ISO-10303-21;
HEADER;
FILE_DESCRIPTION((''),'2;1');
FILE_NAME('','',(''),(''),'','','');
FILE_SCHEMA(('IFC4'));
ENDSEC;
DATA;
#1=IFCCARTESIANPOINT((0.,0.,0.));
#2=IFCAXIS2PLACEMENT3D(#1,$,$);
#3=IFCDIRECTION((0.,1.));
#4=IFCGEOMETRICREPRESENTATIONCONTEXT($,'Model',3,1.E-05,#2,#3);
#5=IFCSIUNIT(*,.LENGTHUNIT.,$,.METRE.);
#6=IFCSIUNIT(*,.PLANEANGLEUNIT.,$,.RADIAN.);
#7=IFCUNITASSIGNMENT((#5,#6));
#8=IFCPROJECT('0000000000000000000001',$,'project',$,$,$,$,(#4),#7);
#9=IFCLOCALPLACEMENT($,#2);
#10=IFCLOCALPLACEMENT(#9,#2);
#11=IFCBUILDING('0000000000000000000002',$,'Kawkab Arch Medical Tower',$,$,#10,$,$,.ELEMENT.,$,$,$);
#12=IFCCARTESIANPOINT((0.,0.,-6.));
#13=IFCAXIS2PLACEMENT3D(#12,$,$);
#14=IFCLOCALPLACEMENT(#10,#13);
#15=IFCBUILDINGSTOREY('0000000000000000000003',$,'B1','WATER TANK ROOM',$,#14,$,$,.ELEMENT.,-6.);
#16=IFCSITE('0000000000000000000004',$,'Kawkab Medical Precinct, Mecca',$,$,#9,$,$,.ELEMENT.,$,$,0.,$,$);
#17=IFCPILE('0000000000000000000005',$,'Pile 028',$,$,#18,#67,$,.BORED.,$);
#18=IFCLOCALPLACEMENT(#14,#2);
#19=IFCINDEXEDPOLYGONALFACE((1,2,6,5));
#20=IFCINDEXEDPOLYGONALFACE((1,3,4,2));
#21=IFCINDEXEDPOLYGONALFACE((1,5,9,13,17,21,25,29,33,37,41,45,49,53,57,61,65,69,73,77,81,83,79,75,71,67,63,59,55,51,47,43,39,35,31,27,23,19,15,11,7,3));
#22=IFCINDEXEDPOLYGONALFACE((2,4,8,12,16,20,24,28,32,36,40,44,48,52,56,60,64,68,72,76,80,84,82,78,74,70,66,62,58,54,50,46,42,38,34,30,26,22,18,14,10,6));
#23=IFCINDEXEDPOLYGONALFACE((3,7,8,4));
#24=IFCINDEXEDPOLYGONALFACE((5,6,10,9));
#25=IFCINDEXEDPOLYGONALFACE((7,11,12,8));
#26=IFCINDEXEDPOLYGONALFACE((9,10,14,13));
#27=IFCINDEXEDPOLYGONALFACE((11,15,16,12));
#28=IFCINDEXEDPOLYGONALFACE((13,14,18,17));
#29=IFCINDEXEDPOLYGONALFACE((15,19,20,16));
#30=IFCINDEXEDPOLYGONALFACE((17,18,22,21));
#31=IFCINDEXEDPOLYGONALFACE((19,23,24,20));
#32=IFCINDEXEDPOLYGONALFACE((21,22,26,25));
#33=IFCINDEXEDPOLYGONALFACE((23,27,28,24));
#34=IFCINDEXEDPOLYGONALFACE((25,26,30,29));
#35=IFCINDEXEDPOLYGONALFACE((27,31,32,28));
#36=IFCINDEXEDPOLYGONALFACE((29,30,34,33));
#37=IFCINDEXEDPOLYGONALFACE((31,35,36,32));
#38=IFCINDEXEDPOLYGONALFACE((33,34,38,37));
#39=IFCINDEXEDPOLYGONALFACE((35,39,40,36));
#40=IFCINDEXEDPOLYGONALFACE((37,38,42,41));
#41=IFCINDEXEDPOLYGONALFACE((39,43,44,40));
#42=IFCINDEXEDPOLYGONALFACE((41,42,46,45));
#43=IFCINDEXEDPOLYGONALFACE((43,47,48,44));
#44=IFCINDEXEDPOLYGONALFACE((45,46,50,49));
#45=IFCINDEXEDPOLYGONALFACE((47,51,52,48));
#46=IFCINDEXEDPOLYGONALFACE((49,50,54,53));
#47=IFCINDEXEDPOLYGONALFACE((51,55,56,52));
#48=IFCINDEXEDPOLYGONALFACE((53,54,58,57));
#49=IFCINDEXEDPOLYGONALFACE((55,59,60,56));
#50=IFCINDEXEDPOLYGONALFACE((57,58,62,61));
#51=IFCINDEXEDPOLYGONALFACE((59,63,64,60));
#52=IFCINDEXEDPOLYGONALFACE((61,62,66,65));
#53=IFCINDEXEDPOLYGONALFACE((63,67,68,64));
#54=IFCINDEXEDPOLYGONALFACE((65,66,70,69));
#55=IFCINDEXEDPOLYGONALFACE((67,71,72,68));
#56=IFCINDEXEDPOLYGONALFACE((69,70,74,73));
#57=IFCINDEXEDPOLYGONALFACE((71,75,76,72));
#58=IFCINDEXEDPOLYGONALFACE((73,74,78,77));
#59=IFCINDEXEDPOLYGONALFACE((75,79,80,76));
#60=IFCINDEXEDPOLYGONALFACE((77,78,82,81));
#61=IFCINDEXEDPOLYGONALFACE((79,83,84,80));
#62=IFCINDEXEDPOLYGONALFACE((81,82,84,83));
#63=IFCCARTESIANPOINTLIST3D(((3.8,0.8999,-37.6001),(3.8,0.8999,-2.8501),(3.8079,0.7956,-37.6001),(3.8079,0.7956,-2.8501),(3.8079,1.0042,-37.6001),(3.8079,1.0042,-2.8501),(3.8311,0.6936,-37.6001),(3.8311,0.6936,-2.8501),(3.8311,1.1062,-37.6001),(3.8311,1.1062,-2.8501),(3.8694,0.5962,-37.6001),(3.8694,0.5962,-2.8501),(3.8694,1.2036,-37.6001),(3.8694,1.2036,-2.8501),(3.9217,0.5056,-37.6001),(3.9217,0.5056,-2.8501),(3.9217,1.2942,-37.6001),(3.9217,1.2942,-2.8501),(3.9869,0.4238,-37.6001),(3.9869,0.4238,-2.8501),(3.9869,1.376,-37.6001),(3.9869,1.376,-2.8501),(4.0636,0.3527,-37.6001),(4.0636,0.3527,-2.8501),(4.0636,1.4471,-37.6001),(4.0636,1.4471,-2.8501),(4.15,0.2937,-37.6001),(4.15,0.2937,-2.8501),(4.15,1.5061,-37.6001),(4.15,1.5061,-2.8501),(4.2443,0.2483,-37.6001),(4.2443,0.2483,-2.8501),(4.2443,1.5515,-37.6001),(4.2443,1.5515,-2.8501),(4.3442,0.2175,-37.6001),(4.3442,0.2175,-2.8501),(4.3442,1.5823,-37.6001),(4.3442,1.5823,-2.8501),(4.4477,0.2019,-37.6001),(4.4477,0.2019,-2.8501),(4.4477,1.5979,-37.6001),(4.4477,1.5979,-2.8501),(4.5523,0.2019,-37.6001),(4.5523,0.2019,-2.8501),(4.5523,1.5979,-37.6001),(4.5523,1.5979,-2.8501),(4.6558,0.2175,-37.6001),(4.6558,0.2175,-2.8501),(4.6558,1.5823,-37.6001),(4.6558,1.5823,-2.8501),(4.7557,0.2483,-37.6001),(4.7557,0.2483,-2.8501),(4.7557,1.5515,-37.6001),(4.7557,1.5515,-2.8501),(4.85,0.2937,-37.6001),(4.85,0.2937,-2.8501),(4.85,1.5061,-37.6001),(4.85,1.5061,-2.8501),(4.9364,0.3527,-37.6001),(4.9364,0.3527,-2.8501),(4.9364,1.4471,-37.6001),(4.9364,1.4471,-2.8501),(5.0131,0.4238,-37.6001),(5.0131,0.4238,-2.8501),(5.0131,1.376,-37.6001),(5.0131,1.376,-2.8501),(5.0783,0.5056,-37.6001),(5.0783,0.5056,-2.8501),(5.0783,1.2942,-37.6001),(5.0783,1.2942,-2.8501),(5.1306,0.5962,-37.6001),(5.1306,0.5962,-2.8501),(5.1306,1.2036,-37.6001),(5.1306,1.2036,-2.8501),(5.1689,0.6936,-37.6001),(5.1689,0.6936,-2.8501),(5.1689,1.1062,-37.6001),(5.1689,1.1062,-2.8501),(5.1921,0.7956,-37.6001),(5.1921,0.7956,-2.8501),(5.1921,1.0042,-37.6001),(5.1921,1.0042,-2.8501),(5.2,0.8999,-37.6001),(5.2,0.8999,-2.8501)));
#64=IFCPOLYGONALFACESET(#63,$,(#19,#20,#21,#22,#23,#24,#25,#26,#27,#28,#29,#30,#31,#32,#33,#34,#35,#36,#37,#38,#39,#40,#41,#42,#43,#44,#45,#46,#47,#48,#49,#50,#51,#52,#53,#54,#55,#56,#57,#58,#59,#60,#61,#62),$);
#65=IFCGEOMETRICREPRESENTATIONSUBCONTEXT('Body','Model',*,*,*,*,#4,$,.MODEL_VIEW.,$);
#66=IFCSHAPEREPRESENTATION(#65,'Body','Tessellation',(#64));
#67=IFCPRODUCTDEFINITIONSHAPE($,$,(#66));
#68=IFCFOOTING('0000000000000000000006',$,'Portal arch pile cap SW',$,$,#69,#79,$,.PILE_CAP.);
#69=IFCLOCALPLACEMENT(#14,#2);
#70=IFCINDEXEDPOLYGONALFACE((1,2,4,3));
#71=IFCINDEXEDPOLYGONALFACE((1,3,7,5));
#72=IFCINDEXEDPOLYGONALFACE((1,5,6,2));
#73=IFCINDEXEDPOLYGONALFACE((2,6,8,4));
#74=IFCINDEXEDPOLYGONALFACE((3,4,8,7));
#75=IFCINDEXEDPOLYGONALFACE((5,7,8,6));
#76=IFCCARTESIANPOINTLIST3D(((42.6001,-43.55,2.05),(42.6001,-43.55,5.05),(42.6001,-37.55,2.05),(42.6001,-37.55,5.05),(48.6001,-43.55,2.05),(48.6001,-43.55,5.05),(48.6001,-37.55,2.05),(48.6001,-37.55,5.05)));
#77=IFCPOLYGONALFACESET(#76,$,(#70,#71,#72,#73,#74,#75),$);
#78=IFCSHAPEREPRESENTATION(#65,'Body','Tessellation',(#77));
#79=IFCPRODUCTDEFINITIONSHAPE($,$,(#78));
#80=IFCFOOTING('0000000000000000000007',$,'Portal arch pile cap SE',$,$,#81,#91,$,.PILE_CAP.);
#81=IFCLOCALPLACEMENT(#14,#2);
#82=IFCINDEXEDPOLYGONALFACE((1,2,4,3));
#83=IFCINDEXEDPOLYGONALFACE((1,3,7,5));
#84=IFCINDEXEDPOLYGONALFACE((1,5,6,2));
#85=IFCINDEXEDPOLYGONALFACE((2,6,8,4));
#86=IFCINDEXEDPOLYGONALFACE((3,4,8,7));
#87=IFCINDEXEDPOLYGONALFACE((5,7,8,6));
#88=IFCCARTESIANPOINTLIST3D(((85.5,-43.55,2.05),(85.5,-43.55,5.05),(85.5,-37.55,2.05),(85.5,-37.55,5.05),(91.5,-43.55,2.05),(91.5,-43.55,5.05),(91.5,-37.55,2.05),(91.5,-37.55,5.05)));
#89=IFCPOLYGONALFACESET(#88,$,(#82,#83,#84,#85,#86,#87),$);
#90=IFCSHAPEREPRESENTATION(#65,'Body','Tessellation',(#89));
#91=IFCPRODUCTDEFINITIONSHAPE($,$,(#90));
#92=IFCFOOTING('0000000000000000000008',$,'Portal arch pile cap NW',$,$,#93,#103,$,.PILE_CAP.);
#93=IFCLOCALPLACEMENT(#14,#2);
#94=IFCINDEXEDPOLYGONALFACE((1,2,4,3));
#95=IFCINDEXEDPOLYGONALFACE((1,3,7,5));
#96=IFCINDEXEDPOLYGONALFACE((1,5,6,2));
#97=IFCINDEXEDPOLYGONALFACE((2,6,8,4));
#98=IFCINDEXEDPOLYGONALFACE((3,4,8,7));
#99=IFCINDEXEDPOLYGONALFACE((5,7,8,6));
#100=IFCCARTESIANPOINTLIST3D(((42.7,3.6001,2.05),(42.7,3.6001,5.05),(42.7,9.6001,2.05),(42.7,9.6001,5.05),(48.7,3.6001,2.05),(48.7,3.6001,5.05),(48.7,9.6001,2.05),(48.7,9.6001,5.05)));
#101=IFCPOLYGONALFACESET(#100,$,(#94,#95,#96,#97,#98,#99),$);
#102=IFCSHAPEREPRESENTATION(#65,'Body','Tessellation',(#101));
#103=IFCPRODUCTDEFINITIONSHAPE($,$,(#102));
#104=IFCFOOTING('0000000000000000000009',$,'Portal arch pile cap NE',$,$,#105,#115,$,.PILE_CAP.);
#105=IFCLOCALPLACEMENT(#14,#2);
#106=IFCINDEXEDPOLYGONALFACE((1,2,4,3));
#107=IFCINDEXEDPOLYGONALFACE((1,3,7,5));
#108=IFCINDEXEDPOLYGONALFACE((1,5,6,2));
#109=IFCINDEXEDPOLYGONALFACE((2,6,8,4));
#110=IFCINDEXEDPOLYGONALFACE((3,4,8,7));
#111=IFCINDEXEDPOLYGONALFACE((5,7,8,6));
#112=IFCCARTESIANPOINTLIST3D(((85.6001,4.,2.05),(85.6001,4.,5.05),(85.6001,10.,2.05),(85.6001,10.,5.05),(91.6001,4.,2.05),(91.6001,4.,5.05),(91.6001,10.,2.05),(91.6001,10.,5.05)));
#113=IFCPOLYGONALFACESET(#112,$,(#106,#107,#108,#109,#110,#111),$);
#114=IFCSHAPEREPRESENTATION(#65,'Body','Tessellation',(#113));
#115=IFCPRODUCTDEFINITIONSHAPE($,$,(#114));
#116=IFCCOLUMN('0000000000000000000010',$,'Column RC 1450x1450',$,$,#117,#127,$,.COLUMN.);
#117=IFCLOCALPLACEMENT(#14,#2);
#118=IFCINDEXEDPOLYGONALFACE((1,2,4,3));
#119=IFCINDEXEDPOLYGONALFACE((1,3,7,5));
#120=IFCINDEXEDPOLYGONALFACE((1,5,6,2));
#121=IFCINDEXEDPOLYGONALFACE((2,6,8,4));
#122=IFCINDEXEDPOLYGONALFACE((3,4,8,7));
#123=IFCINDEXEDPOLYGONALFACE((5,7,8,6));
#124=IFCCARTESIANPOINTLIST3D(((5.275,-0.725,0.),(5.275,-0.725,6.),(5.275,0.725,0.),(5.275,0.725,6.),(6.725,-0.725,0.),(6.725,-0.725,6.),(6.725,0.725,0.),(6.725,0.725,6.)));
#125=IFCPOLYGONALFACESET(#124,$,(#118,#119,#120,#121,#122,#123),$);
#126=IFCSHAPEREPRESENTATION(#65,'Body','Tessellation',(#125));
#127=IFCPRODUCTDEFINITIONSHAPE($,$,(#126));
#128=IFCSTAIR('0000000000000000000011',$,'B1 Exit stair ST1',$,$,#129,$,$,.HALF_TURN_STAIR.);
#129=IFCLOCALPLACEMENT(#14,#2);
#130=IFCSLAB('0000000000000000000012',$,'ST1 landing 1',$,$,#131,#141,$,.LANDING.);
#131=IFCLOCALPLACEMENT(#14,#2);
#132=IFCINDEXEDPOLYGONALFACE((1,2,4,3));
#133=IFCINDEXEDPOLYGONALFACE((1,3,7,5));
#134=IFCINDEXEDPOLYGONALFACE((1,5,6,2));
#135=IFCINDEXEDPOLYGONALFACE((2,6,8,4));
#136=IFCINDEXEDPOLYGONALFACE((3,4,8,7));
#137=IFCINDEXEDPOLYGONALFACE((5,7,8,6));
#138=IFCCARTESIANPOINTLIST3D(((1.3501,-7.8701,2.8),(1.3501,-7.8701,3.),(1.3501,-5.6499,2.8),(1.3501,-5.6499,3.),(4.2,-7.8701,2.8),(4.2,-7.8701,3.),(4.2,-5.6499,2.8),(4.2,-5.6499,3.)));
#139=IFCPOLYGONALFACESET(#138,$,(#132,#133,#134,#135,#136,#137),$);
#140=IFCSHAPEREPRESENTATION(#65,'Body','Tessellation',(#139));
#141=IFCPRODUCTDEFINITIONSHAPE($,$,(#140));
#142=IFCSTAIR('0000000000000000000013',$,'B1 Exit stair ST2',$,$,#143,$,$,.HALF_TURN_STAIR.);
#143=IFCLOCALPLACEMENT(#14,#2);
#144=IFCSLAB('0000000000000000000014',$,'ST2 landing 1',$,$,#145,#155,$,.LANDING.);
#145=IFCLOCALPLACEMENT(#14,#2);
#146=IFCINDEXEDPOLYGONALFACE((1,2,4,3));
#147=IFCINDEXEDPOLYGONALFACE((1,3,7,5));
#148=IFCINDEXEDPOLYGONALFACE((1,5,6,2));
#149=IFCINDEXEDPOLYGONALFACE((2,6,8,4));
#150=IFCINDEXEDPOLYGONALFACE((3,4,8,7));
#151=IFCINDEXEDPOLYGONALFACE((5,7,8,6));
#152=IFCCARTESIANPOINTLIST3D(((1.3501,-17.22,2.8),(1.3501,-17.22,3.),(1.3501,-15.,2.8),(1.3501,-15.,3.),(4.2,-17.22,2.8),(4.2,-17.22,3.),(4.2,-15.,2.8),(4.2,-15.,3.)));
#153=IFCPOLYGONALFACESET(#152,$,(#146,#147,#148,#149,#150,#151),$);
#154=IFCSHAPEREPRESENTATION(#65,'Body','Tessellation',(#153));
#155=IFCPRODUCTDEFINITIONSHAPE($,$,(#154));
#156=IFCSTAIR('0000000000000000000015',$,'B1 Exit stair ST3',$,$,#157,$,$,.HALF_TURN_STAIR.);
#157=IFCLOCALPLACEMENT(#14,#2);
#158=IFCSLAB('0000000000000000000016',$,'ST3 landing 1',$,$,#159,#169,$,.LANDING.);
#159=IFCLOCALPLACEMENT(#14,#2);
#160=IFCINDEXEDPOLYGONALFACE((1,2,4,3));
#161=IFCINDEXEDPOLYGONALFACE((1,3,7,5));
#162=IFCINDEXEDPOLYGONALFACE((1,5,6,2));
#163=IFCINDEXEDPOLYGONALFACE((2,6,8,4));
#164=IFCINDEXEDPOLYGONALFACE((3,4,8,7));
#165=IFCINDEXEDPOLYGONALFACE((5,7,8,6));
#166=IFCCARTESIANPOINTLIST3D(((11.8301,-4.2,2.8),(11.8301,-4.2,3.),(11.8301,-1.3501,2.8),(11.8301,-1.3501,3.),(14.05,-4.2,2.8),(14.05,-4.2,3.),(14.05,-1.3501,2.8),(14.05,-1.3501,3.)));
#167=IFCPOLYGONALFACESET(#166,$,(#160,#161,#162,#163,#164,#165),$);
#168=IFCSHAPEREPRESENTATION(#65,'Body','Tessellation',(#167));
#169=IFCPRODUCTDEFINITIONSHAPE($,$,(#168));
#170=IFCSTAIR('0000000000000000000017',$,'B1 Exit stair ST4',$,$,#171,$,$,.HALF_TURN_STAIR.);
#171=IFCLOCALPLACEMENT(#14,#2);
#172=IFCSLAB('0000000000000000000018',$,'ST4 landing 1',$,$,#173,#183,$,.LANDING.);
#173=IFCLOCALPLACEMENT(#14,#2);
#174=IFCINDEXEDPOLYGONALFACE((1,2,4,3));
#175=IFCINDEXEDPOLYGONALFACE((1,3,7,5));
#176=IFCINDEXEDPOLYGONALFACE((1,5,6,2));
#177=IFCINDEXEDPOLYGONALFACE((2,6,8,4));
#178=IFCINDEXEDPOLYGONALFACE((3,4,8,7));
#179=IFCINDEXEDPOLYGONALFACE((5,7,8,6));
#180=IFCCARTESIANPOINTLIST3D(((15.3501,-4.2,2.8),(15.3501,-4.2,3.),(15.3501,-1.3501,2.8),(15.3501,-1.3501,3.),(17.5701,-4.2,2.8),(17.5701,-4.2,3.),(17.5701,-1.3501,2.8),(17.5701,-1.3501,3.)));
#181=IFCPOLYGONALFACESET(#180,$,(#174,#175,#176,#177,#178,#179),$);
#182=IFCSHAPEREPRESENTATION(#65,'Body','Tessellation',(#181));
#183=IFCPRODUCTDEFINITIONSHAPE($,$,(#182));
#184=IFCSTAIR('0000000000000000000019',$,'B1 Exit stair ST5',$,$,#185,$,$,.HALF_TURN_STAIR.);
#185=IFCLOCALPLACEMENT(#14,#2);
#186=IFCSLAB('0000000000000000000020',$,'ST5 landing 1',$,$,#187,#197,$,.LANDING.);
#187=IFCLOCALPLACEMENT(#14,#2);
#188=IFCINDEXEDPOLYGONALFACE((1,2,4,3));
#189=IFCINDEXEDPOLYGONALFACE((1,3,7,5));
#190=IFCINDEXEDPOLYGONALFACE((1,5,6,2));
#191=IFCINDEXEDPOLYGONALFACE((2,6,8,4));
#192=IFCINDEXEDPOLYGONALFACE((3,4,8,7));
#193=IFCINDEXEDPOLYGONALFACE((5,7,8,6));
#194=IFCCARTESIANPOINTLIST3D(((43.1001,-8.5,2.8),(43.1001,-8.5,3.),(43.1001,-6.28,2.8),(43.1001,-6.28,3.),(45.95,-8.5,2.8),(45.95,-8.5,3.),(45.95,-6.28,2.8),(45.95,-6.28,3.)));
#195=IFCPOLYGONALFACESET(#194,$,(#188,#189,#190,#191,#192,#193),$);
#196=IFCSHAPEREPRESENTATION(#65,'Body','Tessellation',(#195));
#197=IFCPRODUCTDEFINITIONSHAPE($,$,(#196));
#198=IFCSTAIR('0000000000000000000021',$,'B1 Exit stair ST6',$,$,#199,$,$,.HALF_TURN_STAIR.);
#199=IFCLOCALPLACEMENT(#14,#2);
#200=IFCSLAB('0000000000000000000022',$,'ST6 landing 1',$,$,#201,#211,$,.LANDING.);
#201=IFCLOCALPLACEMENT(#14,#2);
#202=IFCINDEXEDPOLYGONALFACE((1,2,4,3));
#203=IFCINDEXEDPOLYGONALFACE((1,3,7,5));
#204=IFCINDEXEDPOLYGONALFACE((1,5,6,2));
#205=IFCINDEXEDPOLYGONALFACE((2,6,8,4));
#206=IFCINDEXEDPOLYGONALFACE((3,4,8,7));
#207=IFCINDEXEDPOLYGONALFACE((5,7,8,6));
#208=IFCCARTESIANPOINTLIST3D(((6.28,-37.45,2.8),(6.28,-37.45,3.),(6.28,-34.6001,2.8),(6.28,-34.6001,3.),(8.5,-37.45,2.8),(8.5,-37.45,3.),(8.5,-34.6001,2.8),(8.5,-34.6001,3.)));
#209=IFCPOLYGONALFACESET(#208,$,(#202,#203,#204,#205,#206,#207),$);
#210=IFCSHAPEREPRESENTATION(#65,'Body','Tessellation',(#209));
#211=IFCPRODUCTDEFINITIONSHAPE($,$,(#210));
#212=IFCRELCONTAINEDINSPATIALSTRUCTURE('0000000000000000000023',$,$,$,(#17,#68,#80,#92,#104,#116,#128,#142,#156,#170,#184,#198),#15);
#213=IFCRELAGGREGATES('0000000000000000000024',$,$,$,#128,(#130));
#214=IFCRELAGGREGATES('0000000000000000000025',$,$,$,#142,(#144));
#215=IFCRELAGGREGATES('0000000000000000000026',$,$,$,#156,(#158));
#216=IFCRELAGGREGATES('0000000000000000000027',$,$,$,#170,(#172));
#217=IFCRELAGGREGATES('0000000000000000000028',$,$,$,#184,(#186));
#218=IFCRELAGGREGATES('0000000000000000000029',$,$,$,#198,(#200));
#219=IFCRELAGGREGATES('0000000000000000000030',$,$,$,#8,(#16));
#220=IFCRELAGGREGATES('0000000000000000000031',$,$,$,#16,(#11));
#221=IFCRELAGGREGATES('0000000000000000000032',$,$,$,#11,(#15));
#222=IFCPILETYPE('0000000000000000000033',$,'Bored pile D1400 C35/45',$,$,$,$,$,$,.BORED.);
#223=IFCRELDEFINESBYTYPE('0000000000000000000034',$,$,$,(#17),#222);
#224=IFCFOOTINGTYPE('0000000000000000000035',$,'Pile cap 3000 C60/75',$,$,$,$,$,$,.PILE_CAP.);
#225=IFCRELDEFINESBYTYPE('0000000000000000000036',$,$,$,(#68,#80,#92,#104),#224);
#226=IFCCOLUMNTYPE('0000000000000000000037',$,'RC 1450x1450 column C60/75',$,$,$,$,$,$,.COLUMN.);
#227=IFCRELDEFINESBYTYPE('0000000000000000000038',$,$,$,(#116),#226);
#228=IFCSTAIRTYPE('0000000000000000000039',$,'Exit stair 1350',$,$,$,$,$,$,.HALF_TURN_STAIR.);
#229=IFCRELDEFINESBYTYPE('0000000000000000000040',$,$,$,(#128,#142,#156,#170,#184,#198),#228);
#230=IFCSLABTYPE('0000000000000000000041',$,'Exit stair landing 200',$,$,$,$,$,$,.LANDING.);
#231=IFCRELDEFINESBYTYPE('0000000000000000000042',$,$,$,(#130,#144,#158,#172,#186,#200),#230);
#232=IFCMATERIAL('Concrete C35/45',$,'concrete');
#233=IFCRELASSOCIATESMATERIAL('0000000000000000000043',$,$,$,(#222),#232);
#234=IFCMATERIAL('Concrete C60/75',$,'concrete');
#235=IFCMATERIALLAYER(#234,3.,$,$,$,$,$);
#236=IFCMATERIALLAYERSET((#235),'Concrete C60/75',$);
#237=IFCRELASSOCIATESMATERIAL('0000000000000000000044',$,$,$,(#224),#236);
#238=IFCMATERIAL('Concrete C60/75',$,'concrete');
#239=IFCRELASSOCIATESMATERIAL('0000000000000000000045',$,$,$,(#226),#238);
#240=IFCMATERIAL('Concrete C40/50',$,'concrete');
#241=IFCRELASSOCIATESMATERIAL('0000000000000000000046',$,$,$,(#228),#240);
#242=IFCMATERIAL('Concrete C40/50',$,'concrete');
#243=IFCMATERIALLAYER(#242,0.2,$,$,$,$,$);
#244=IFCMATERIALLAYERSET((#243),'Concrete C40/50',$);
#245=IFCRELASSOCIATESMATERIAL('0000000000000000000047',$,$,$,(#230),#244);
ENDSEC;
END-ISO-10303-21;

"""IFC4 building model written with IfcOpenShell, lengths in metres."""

from ifc_helpers import new_model, si_unit, direction, frame, origin, origin_2d, place, context, subcontext, project, spatial, polyline, rectangle, circle, outline, extrude, material, layer, layer_set, material_profile, profile_set, type_object, element, aggregate, save


model = new_model("IFC4")

# Units and contexts
model_context = context("Model", 3, precision=1e-05, world=origin(), true_north=direction((0.0, 1.0)))
body_context = subcontext(model_context, "Body", "Model", "MODEL_VIEW")
ifc_project = project(units=[si_unit("LENGTHUNIT", "METRE"), si_unit("PLANEANGLEUNIT", "RADIAN")], contexts=[model_context])

# Site, building, storey
site_placement = place(None, origin())
site = spatial("IfcSite", under=ifc_project, at=site_placement, Name="Kawkab Medical Precinct, Mecca", CompositionType="ELEMENT", RefElevation=0.0)
building_placement = place(site_placement, origin())
building = spatial("IfcBuilding", under=site, at=building_placement, Name="Kawkab Arch Medical Tower", CompositionType="ELEMENT")
storey_placement = place(building_placement, frame((0.0, 0.0, -6.0)))
storey = spatial("IfcBuildingStorey", under=building, at=storey_placement, Name="B1", Description="WATER TANK ROOM", CompositionType="ELEMENT", Elevation=-6.0)

# Pile
ifc_material_1 = material(Name="Concrete C35/45", Category="concrete")
ifc_material_profile_1 = material_profile(ifc_material_1, circle(Radius=0.7, at=origin_2d()), Name="Bored pile D1400")
ifc_profile_set_1 = profile_set([ifc_material_profile_1], Name="Concrete C35/45")
pile_type = type_object("IfcPileType", Name="Bored pile D1400 C35/45", PredefinedType="BORED", material=ifc_profile_set_1)
pile_placement = place(storey_placement, frame((4.5, 0.8999, -2.8501), z_axis=(0.0, 0.0, -1.0), x_axis=(1.0, 0.0, 0.0)))
element("IfcPile", 1, at=pile_placement, inside=storey, type_object=pile_type, Name="Pile 028", PredefinedType="BORED", context=body_context, shape_type="SweptSolid", body=[
    extrude(circle(Radius=0.7, at=origin_2d()), origin(), (0.0, 0.0, 1.0), 34.75),
])

# Footings
ifc_material_2 = material(Name="Concrete C60/75", Category="concrete")
ifc_layer_1 = layer(ifc_material_2, 3.0)
ifc_layer_set_1 = layer_set([ifc_layer_1], Name="Concrete C60/75")
footing_type = type_object("IfcFootingType", Name="Pile cap 3000 C60/75", PredefinedType="PILE_CAP", material=ifc_layer_set_1)
placement_1 = place(storey_placement, frame((0.0, 0.0, 2.05)))
element("IfcFooting", 2, at=placement_1, inside=storey, type_object=footing_type, Name="Portal arch pile cap SW", PredefinedType="PILE_CAP", context=body_context, shape_type="SweptSolid", body=[
    extrude(outline(polyline([(48.6001, -43.55), (48.6001, -37.55), (42.6001, -37.55), (42.6001, -43.55), (48.6001, -43.55)])), origin(), (0.0, 0.0, 1.0), 3.0),
])
element("IfcFooting", 3, at=placement_1, inside=storey, type_object=footing_type, Name="Portal arch pile cap SE", PredefinedType="PILE_CAP", context=body_context, shape_type="SweptSolid", body=[
    extrude(outline(polyline([(91.5, -43.55), (91.5, -37.55), (85.5, -37.55), (85.5, -43.55), (91.5, -43.55)])), origin(), (0.0, 0.0, 1.0), 3.0),
])
element("IfcFooting", 4, at=placement_1, inside=storey, type_object=footing_type, Name="Portal arch pile cap NW", PredefinedType="PILE_CAP", context=body_context, shape_type="SweptSolid", body=[
    extrude(outline(polyline([(48.7, 3.6001), (48.7, 9.6001), (42.7, 9.6001), (42.7, 3.6001), (48.7, 3.6001)])), origin(), (0.0, 0.0, 1.0), 3.0),
])
element("IfcFooting", 5, at=placement_1, inside=storey, type_object=footing_type, Name="Portal arch pile cap NE", PredefinedType="PILE_CAP", context=body_context, shape_type="SweptSolid", body=[
    extrude(outline(polyline([(91.6001, 4.0), (91.6001, 10.0), (85.6001, 10.0), (85.6001, 4.0), (91.6001, 4.0)])), origin(), (0.0, 0.0, 1.0), 3.0),
])

# Column
ifc_material_3 = material(Name="Concrete C60/75", Category="concrete")
ifc_material_profile_2 = material_profile(ifc_material_3, rectangle(XDim=1.45, YDim=1.45, at=origin_2d()), Name="RC 1450x1450")
ifc_profile_set_2 = profile_set([ifc_material_profile_2], Name="Concrete C60/75")
column_type = type_object("IfcColumnType", Name="RC 1450x1450 column C60/75", PredefinedType="COLUMN", material=ifc_profile_set_2)
column_placement = place(storey_placement, frame((6.0, 0.0, 0.0), z_axis=(0.0, 0.0, 1.0), x_axis=(1.0, 0.0, 0.0)))
element("IfcColumn", 6, at=column_placement, inside=storey, type_object=column_type, Name="Column RC 1450x1450", PredefinedType="COLUMN", context=body_context, shape_type="SweptSolid", body=[
    extrude(rectangle(XDim=1.45, YDim=1.45, at=origin_2d()), origin(), (0.0, 0.0, 1.0), 6.0),
])

# Stairs, slabs
ifc_material_4 = material(Name="Concrete C40/50", Category="concrete")
stair_type = type_object("IfcStairType", Name="Exit stair 1350", PredefinedType="HALF_TURN_STAIR", material=ifc_material_4)
placement_2 = place(storey_placement, origin())
stair_1 = element("IfcStair", 7, at=placement_2, inside=storey, type_object=stair_type, Name="B1 Exit stair ST1", PredefinedType="HALF_TURN_STAIR")
ifc_material_5 = material(Name="Concrete C40/50", Category="concrete")
ifc_layer_2 = layer(ifc_material_5, 0.2)
ifc_layer_set_2 = layer_set([ifc_layer_2], Name="Concrete C40/50")
slab_type_1 = type_object("IfcSlabType", Name="Exit stair landing 200", PredefinedType="LANDING", material=ifc_layer_set_2)
placement_3 = place(storey_placement, frame((0.0, 0.0, 2.8)))
slab_1 = element("IfcSlab", 8, at=placement_3, type_object=slab_type_1, Name="ST1 landing 1", PredefinedType="LANDING", context=body_context, shape_type="SweptSolid", body=[
    extrude(outline(polyline([(4.2, -7.8701), (4.2, -5.6499), (1.3501, -5.6499), (1.3501, -7.8701), (4.2, -7.8701)])), origin(), (0.0, 0.0, 1.0), 0.2),
])
aggregate(stair_1, [slab_1])
stair_2 = element("IfcStair", 9, at=placement_2, inside=storey, type_object=stair_type, Name="B1 Exit stair ST2", PredefinedType="HALF_TURN_STAIR")
slab_2 = element("IfcSlab", 10, at=placement_3, type_object=slab_type_1, Name="ST2 landing 1", PredefinedType="LANDING", context=body_context, shape_type="SweptSolid", body=[
    extrude(outline(polyline([(4.2, -17.22), (4.2, -15.0), (1.3501, -15.0), (1.3501, -17.22), (4.2, -17.22)])), origin(), (0.0, 0.0, 1.0), 0.2),
])
aggregate(stair_2, [slab_2])
stair_3 = element("IfcStair", 11, at=placement_2, inside=storey, type_object=stair_type, Name="B1 Exit stair ST3", PredefinedType="HALF_TURN_STAIR")
slab_3 = element("IfcSlab", 12, at=placement_3, type_object=slab_type_1, Name="ST3 landing 1", PredefinedType="LANDING", context=body_context, shape_type="SweptSolid", body=[
    extrude(outline(polyline([(11.8301, -4.2), (14.05, -4.2), (14.05, -1.3501), (11.8301, -1.3501), (11.8301, -4.2)])), origin(), (0.0, 0.0, 1.0), 0.2),
])
aggregate(stair_3, [slab_3])
stair_4 = element("IfcStair", 13, at=placement_2, inside=storey, type_object=stair_type, Name="B1 Exit stair ST4", PredefinedType="HALF_TURN_STAIR")
slab_4 = element("IfcSlab", 14, at=placement_3, type_object=slab_type_1, Name="ST4 landing 1", PredefinedType="LANDING", context=body_context, shape_type="SweptSolid", body=[
    extrude(outline(polyline([(17.5701, -1.3501), (15.3501, -1.3501), (15.3501, -4.2), (17.5701, -4.2), (17.5701, -1.3501)])), origin(), (0.0, 0.0, 1.0), 0.2),
])
aggregate(stair_4, [slab_4])
stair_5 = element("IfcStair", 15, at=placement_2, inside=storey, type_object=stair_type, Name="B1 Exit stair ST5", PredefinedType="HALF_TURN_STAIR")
slab_5 = element("IfcSlab", 16, at=placement_3, type_object=slab_type_1, Name="ST5 landing 1", PredefinedType="LANDING", context=body_context, shape_type="SweptSolid", body=[
    extrude(outline(polyline([(43.1001, -6.28), (43.1001, -8.5), (45.95, -8.5), (45.95, -6.28), (43.1001, -6.28)])), origin(), (0.0, 0.0, 1.0), 0.2),
])
aggregate(stair_5, [slab_5])
stair_6 = element("IfcStair", 17, at=placement_2, inside=storey, type_object=stair_type, Name="B1 Exit stair ST6", PredefinedType="HALF_TURN_STAIR")
slab_6 = element("IfcSlab", 18, at=placement_3, type_object=slab_type_1, Name="ST6 landing 1", PredefinedType="LANDING", context=body_context, shape_type="SweptSolid", body=[
    extrude(outline(polyline([(6.28, -37.45), (8.5, -37.45), (8.5, -34.6001), (6.28, -34.6001), (6.28, -37.45)])), origin(), (0.0, 0.0, 1.0), 0.2),
])
aggregate(stair_6, [slab_6])

save(model, "model.ifc")
